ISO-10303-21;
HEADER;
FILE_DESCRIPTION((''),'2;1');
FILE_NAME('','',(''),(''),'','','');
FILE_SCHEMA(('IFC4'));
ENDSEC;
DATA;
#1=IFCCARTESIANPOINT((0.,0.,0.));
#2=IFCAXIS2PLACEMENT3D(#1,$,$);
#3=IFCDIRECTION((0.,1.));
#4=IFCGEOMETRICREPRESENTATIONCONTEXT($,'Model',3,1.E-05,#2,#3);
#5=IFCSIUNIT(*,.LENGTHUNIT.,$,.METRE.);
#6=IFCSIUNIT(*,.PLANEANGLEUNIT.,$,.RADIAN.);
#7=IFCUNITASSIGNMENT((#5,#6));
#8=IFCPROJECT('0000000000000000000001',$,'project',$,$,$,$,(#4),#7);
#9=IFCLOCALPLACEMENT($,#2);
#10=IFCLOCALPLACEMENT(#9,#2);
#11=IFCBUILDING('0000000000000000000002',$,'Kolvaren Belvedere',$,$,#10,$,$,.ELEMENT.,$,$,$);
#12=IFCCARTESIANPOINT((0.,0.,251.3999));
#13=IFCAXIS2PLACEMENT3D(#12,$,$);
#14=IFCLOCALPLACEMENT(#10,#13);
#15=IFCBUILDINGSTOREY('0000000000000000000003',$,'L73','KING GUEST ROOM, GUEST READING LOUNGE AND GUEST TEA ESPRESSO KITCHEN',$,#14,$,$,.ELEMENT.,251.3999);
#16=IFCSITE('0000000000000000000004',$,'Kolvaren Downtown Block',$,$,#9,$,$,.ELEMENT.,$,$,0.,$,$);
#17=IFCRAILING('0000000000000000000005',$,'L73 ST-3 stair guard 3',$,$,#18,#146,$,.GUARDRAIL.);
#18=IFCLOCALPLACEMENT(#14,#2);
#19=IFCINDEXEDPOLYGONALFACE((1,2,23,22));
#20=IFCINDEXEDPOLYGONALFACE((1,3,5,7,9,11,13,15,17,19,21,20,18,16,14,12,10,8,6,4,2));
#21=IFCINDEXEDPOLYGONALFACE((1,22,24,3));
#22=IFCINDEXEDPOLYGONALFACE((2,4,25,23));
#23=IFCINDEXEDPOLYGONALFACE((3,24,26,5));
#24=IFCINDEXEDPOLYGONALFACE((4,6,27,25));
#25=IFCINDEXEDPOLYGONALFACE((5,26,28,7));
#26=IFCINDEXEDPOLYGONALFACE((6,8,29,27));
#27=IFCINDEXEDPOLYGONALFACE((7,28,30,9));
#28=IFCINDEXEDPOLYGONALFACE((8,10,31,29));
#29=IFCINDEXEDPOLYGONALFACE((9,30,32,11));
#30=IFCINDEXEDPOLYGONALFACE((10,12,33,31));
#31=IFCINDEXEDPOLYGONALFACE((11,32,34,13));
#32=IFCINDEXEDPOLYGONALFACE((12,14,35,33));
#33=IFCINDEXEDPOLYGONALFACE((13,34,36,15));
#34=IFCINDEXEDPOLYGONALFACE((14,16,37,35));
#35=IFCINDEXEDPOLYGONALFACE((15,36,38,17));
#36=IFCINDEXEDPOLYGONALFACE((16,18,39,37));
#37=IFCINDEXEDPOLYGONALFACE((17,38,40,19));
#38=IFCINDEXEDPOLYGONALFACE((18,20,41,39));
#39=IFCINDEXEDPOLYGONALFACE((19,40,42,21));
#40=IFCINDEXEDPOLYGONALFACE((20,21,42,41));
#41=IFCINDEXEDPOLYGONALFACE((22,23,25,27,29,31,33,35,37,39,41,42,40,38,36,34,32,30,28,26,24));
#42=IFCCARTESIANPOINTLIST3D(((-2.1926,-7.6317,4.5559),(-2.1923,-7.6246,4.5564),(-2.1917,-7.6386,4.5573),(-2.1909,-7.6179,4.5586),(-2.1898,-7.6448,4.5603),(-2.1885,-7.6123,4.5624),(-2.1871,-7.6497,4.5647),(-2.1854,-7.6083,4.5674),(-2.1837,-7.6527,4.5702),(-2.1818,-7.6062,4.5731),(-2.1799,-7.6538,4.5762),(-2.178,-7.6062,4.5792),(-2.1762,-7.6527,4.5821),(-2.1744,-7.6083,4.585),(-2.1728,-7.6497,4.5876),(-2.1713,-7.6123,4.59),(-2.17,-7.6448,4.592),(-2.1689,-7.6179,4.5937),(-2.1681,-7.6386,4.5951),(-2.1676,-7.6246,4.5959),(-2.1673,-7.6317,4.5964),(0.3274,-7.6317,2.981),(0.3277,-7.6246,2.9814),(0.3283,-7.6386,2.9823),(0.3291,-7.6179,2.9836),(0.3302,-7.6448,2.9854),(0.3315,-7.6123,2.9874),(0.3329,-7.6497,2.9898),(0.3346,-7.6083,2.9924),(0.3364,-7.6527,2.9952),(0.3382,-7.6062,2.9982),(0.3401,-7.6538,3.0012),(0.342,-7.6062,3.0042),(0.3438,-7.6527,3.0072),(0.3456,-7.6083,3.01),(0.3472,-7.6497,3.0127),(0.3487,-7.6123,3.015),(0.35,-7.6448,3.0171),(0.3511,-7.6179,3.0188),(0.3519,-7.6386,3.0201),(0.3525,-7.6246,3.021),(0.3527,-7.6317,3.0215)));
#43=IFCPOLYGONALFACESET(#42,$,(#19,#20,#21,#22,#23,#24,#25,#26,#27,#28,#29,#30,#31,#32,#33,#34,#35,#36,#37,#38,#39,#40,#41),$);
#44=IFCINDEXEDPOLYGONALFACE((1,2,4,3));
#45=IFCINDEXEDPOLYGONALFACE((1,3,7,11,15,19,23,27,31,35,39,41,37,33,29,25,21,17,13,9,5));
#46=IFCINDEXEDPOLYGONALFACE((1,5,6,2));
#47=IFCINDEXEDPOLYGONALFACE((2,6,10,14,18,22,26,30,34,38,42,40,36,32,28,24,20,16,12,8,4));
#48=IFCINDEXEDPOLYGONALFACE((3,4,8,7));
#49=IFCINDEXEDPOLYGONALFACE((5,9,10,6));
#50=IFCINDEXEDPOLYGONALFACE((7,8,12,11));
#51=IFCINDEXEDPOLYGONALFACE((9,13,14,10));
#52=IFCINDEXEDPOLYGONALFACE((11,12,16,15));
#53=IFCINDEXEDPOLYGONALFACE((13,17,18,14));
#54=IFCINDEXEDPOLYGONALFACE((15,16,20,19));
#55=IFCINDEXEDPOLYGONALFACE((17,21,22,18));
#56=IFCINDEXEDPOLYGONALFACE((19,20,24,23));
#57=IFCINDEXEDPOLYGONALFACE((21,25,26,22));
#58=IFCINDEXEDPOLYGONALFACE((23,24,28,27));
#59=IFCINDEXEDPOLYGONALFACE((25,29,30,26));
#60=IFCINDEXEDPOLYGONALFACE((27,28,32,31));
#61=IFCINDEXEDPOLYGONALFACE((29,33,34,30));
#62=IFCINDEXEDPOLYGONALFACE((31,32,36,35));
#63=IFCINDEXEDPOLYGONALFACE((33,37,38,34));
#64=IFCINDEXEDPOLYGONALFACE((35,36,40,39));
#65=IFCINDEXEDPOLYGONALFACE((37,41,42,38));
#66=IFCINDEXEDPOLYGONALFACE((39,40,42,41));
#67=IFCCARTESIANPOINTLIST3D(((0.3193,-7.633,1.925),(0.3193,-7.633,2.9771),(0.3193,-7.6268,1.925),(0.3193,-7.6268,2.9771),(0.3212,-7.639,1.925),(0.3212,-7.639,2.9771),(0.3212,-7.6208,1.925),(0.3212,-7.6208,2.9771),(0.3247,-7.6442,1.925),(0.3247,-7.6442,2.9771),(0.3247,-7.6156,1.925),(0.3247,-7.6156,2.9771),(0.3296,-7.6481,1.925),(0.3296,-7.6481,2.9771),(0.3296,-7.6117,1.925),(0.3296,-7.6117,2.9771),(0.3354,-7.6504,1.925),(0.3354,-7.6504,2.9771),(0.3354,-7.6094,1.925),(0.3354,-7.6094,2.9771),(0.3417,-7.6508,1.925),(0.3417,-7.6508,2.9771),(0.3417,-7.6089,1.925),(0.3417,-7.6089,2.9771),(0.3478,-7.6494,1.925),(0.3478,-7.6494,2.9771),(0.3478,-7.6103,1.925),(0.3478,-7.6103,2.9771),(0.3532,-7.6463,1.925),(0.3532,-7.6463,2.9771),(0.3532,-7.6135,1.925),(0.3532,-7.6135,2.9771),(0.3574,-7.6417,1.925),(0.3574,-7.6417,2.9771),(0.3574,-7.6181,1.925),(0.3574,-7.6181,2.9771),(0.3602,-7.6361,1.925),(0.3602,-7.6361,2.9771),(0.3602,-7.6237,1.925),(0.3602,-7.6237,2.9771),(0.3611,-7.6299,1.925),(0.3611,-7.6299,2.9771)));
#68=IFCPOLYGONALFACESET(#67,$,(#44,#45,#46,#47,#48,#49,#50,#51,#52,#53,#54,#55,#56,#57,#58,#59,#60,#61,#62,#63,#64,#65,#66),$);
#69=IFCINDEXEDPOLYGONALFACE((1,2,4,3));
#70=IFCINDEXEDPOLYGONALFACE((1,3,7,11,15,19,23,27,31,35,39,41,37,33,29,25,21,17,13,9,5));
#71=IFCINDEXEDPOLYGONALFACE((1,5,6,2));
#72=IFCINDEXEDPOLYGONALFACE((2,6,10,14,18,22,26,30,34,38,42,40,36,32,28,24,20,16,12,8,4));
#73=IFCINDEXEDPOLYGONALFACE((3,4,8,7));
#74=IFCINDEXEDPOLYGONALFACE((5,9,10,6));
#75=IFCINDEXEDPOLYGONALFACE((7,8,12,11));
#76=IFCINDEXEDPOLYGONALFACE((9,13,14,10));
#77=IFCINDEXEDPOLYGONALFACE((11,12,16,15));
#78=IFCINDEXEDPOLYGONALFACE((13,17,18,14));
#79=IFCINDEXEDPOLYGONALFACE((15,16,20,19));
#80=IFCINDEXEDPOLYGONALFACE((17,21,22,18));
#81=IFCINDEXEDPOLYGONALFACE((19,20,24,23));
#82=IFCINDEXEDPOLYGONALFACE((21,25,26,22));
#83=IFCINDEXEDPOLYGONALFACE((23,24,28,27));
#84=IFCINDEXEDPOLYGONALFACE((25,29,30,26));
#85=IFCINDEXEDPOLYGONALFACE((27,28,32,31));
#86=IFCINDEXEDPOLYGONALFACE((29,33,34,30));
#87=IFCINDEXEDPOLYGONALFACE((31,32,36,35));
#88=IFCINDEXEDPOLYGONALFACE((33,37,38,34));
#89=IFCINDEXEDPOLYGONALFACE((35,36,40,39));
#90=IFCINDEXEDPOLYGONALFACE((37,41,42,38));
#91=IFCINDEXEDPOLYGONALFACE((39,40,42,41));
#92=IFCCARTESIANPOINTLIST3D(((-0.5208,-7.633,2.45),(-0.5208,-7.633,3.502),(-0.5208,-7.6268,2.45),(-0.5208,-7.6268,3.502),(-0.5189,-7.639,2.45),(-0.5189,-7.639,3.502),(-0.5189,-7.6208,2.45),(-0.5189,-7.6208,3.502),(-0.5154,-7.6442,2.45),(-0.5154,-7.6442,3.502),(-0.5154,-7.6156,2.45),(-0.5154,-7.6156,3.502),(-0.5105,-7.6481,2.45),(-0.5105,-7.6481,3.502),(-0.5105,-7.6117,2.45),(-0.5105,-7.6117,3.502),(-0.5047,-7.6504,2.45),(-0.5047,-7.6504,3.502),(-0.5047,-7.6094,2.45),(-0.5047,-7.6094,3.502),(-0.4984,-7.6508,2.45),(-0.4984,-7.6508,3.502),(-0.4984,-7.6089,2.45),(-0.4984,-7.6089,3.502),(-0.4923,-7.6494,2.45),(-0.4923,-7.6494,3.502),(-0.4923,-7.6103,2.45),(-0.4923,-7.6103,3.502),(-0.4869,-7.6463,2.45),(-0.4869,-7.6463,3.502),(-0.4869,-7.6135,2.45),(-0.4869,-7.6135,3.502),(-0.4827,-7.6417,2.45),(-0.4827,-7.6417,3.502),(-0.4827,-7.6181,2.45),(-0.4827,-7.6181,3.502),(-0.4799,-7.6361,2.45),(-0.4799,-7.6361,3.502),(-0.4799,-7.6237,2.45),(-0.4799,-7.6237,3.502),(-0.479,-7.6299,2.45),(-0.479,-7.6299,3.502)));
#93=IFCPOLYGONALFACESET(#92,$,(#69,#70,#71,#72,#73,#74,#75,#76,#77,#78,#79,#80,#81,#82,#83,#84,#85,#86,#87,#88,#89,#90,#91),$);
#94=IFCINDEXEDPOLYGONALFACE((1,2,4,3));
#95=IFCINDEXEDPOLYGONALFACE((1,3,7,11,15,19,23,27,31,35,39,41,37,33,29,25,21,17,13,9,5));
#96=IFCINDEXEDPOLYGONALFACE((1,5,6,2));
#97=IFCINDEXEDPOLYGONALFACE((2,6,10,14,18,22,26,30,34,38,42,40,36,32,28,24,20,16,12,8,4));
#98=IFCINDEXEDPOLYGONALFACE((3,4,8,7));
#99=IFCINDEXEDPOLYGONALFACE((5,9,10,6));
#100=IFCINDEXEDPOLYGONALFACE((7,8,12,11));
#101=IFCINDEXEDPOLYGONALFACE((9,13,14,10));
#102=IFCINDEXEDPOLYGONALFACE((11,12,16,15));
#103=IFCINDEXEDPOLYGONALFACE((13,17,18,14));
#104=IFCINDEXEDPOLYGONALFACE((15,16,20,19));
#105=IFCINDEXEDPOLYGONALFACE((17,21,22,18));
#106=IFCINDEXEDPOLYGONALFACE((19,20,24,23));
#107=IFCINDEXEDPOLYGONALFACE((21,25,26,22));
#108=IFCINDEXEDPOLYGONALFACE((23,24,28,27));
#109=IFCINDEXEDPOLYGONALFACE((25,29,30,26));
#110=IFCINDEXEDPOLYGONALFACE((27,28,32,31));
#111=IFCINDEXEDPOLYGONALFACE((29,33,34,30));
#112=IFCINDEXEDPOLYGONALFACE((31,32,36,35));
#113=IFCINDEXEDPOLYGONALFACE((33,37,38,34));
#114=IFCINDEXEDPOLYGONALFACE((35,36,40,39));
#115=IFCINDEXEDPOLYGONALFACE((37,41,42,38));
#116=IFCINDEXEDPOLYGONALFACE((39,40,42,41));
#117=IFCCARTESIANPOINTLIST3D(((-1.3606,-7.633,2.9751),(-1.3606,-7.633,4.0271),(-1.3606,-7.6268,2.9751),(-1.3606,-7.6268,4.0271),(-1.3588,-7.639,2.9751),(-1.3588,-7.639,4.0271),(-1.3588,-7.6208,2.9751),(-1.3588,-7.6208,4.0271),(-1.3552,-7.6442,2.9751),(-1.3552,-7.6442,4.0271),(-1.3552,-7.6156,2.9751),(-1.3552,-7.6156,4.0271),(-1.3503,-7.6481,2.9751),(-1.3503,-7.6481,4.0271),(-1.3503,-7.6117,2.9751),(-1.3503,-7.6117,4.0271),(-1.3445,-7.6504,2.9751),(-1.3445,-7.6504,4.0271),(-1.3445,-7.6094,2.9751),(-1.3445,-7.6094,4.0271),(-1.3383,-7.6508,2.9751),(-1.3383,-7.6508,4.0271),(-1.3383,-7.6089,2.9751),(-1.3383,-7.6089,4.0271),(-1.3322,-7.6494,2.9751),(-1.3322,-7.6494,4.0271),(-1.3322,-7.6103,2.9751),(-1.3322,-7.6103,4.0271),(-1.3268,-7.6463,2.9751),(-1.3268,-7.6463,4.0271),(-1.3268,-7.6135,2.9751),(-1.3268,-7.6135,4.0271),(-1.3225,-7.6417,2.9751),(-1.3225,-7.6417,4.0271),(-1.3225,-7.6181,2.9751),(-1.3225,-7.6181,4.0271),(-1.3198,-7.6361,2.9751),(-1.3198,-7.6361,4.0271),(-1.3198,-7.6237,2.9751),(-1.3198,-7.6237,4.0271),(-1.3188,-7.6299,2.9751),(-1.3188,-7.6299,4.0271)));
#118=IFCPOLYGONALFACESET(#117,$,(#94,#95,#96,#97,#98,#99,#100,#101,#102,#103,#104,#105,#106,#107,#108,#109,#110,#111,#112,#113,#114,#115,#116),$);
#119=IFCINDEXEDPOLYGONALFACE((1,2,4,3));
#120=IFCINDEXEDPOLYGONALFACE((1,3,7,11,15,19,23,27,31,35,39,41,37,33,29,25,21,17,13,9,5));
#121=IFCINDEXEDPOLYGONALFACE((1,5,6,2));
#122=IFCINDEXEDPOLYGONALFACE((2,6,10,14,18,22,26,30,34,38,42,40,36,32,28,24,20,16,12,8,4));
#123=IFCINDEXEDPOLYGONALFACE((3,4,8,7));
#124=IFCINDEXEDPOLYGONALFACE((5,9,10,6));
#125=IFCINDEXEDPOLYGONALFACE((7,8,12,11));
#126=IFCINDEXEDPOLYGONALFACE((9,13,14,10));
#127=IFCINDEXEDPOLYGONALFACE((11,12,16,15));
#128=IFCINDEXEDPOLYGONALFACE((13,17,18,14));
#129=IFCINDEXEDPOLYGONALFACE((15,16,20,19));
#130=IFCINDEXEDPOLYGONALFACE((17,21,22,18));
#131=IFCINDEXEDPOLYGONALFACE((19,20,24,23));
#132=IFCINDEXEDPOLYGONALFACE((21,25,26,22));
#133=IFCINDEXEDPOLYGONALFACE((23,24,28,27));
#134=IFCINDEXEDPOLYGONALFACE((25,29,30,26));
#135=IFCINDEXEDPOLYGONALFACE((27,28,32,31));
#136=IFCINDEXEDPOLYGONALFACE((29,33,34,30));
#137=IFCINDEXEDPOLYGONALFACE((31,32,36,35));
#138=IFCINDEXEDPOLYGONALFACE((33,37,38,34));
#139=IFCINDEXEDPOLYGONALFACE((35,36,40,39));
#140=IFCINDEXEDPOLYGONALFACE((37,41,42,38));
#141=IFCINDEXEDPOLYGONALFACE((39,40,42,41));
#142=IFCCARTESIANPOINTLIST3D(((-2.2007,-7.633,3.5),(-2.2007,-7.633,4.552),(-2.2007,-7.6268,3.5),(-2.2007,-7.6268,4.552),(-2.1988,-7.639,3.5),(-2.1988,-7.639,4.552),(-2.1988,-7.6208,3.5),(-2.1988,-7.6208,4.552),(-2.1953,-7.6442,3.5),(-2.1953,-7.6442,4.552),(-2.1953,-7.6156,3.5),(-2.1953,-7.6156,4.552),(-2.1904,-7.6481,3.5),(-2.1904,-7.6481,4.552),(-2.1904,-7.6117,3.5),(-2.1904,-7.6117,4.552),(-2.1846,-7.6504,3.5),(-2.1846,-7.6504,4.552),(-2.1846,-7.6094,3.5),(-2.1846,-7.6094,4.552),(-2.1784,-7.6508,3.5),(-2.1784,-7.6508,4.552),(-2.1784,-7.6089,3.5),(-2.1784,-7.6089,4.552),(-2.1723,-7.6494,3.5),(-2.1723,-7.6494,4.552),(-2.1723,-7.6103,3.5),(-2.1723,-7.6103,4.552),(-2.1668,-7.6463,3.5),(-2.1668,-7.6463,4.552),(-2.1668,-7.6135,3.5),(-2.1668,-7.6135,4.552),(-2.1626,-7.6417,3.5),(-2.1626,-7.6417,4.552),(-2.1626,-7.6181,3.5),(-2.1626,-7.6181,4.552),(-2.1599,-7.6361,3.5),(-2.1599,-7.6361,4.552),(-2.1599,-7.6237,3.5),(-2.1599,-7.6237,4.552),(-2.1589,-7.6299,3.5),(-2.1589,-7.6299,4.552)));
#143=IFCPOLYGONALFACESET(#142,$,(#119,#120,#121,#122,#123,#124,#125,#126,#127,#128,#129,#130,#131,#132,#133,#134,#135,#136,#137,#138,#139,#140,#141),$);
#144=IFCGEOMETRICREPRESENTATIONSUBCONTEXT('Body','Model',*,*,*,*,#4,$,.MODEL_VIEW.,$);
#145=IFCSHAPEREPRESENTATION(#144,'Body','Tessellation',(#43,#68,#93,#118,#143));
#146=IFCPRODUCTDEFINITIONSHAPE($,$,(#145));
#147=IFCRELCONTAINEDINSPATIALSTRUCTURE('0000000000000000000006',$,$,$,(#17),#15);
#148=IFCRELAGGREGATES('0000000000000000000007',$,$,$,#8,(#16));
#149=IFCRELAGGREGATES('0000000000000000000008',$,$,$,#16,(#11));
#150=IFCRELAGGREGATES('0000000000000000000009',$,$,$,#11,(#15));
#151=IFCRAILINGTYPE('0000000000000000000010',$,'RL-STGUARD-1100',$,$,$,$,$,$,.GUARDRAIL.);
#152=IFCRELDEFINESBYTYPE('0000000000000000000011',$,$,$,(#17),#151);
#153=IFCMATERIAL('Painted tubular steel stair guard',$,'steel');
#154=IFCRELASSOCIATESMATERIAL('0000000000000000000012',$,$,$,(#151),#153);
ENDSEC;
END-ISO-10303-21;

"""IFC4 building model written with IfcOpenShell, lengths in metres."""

from ifc_helpers import new_model, si_unit, direction, frame, origin, origin_2d, place, context, subcontext, project, spatial, circle, extrude, material, type_object, element, save


model = new_model("IFC4")

# Units and contexts
model_context = context("Model", 3, precision=1e-05, world=origin(), true_north=direction((0.0, 1.0)))
body_context = subcontext(model_context, "Body", "Model", "MODEL_VIEW")
ifc_project = project(units=[si_unit("LENGTHUNIT", "METRE"), si_unit("PLANEANGLEUNIT", "RADIAN")], contexts=[model_context])

# Site, building, storey
site_placement = place(None, origin())
site = spatial("IfcSite", under=ifc_project, at=site_placement, Name="Kolvaren Downtown Block", CompositionType="ELEMENT", RefElevation=0.0)
building_placement = place(site_placement, origin())
building = spatial("IfcBuilding", under=site, at=building_placement, Name="Kolvaren Belvedere", CompositionType="ELEMENT")
storey_placement = place(building_placement, frame((0.0, 0.0, 251.3999)))
storey = spatial("IfcBuildingStorey", under=building, at=storey_placement, Name="L73", Description="KING GUEST ROOM, GUEST READING LOUNGE AND GUEST TEA ESPRESSO KITCHEN", CompositionType="ELEMENT", Elevation=251.3999)

# Railing
ifc_material_1 = material(Name="Painted tubular steel stair guard", Category="steel")
railing_type_1 = type_object("IfcRailingType", Name="RL-STGUARD-1100", PredefinedType="GUARDRAIL", material=ifc_material_1)
railing_1_placement = place(storey_placement, frame((0.3401, -7.6299, 1.925)))
element("IfcRailing", 1, at=railing_1_placement, inside=storey, type_object=railing_type_1, Name="L73 ST-3 stair guard 3", PredefinedType="GUARDRAIL", context=body_context, shape_type="SweptSolid", body=[
    extrude(circle(Radius=0.0239, at=origin_2d()), frame((0.0, 0.0, 1.0762), z_axis=(-0.848008, 0.0, 0.529984), x_axis=(0.0, -1.0, 0.0)), (0.0, 0.0, 1.0), 2.9717),
    extrude(circle(Radius=0.021, at=origin_2d()), origin(), (0.0, 0.0, 1.0), 1.052),
    extrude(circle(Radius=0.021, at=origin_2d()), frame((-0.8401, 0.0, 0.5249)), (0.0, 0.0, 1.0), 1.052),
    extrude(circle(Radius=0.021, at=origin_2d()), frame((-1.6799, 0.0, 1.05)), (0.0, 0.0, 1.0), 1.052),
    extrude(circle(Radius=0.021, at=origin_2d()), frame((-2.52, 0.0, 1.575)), (0.0, 0.0, 1.0), 1.052),
])

save(model, "model.ifc")
